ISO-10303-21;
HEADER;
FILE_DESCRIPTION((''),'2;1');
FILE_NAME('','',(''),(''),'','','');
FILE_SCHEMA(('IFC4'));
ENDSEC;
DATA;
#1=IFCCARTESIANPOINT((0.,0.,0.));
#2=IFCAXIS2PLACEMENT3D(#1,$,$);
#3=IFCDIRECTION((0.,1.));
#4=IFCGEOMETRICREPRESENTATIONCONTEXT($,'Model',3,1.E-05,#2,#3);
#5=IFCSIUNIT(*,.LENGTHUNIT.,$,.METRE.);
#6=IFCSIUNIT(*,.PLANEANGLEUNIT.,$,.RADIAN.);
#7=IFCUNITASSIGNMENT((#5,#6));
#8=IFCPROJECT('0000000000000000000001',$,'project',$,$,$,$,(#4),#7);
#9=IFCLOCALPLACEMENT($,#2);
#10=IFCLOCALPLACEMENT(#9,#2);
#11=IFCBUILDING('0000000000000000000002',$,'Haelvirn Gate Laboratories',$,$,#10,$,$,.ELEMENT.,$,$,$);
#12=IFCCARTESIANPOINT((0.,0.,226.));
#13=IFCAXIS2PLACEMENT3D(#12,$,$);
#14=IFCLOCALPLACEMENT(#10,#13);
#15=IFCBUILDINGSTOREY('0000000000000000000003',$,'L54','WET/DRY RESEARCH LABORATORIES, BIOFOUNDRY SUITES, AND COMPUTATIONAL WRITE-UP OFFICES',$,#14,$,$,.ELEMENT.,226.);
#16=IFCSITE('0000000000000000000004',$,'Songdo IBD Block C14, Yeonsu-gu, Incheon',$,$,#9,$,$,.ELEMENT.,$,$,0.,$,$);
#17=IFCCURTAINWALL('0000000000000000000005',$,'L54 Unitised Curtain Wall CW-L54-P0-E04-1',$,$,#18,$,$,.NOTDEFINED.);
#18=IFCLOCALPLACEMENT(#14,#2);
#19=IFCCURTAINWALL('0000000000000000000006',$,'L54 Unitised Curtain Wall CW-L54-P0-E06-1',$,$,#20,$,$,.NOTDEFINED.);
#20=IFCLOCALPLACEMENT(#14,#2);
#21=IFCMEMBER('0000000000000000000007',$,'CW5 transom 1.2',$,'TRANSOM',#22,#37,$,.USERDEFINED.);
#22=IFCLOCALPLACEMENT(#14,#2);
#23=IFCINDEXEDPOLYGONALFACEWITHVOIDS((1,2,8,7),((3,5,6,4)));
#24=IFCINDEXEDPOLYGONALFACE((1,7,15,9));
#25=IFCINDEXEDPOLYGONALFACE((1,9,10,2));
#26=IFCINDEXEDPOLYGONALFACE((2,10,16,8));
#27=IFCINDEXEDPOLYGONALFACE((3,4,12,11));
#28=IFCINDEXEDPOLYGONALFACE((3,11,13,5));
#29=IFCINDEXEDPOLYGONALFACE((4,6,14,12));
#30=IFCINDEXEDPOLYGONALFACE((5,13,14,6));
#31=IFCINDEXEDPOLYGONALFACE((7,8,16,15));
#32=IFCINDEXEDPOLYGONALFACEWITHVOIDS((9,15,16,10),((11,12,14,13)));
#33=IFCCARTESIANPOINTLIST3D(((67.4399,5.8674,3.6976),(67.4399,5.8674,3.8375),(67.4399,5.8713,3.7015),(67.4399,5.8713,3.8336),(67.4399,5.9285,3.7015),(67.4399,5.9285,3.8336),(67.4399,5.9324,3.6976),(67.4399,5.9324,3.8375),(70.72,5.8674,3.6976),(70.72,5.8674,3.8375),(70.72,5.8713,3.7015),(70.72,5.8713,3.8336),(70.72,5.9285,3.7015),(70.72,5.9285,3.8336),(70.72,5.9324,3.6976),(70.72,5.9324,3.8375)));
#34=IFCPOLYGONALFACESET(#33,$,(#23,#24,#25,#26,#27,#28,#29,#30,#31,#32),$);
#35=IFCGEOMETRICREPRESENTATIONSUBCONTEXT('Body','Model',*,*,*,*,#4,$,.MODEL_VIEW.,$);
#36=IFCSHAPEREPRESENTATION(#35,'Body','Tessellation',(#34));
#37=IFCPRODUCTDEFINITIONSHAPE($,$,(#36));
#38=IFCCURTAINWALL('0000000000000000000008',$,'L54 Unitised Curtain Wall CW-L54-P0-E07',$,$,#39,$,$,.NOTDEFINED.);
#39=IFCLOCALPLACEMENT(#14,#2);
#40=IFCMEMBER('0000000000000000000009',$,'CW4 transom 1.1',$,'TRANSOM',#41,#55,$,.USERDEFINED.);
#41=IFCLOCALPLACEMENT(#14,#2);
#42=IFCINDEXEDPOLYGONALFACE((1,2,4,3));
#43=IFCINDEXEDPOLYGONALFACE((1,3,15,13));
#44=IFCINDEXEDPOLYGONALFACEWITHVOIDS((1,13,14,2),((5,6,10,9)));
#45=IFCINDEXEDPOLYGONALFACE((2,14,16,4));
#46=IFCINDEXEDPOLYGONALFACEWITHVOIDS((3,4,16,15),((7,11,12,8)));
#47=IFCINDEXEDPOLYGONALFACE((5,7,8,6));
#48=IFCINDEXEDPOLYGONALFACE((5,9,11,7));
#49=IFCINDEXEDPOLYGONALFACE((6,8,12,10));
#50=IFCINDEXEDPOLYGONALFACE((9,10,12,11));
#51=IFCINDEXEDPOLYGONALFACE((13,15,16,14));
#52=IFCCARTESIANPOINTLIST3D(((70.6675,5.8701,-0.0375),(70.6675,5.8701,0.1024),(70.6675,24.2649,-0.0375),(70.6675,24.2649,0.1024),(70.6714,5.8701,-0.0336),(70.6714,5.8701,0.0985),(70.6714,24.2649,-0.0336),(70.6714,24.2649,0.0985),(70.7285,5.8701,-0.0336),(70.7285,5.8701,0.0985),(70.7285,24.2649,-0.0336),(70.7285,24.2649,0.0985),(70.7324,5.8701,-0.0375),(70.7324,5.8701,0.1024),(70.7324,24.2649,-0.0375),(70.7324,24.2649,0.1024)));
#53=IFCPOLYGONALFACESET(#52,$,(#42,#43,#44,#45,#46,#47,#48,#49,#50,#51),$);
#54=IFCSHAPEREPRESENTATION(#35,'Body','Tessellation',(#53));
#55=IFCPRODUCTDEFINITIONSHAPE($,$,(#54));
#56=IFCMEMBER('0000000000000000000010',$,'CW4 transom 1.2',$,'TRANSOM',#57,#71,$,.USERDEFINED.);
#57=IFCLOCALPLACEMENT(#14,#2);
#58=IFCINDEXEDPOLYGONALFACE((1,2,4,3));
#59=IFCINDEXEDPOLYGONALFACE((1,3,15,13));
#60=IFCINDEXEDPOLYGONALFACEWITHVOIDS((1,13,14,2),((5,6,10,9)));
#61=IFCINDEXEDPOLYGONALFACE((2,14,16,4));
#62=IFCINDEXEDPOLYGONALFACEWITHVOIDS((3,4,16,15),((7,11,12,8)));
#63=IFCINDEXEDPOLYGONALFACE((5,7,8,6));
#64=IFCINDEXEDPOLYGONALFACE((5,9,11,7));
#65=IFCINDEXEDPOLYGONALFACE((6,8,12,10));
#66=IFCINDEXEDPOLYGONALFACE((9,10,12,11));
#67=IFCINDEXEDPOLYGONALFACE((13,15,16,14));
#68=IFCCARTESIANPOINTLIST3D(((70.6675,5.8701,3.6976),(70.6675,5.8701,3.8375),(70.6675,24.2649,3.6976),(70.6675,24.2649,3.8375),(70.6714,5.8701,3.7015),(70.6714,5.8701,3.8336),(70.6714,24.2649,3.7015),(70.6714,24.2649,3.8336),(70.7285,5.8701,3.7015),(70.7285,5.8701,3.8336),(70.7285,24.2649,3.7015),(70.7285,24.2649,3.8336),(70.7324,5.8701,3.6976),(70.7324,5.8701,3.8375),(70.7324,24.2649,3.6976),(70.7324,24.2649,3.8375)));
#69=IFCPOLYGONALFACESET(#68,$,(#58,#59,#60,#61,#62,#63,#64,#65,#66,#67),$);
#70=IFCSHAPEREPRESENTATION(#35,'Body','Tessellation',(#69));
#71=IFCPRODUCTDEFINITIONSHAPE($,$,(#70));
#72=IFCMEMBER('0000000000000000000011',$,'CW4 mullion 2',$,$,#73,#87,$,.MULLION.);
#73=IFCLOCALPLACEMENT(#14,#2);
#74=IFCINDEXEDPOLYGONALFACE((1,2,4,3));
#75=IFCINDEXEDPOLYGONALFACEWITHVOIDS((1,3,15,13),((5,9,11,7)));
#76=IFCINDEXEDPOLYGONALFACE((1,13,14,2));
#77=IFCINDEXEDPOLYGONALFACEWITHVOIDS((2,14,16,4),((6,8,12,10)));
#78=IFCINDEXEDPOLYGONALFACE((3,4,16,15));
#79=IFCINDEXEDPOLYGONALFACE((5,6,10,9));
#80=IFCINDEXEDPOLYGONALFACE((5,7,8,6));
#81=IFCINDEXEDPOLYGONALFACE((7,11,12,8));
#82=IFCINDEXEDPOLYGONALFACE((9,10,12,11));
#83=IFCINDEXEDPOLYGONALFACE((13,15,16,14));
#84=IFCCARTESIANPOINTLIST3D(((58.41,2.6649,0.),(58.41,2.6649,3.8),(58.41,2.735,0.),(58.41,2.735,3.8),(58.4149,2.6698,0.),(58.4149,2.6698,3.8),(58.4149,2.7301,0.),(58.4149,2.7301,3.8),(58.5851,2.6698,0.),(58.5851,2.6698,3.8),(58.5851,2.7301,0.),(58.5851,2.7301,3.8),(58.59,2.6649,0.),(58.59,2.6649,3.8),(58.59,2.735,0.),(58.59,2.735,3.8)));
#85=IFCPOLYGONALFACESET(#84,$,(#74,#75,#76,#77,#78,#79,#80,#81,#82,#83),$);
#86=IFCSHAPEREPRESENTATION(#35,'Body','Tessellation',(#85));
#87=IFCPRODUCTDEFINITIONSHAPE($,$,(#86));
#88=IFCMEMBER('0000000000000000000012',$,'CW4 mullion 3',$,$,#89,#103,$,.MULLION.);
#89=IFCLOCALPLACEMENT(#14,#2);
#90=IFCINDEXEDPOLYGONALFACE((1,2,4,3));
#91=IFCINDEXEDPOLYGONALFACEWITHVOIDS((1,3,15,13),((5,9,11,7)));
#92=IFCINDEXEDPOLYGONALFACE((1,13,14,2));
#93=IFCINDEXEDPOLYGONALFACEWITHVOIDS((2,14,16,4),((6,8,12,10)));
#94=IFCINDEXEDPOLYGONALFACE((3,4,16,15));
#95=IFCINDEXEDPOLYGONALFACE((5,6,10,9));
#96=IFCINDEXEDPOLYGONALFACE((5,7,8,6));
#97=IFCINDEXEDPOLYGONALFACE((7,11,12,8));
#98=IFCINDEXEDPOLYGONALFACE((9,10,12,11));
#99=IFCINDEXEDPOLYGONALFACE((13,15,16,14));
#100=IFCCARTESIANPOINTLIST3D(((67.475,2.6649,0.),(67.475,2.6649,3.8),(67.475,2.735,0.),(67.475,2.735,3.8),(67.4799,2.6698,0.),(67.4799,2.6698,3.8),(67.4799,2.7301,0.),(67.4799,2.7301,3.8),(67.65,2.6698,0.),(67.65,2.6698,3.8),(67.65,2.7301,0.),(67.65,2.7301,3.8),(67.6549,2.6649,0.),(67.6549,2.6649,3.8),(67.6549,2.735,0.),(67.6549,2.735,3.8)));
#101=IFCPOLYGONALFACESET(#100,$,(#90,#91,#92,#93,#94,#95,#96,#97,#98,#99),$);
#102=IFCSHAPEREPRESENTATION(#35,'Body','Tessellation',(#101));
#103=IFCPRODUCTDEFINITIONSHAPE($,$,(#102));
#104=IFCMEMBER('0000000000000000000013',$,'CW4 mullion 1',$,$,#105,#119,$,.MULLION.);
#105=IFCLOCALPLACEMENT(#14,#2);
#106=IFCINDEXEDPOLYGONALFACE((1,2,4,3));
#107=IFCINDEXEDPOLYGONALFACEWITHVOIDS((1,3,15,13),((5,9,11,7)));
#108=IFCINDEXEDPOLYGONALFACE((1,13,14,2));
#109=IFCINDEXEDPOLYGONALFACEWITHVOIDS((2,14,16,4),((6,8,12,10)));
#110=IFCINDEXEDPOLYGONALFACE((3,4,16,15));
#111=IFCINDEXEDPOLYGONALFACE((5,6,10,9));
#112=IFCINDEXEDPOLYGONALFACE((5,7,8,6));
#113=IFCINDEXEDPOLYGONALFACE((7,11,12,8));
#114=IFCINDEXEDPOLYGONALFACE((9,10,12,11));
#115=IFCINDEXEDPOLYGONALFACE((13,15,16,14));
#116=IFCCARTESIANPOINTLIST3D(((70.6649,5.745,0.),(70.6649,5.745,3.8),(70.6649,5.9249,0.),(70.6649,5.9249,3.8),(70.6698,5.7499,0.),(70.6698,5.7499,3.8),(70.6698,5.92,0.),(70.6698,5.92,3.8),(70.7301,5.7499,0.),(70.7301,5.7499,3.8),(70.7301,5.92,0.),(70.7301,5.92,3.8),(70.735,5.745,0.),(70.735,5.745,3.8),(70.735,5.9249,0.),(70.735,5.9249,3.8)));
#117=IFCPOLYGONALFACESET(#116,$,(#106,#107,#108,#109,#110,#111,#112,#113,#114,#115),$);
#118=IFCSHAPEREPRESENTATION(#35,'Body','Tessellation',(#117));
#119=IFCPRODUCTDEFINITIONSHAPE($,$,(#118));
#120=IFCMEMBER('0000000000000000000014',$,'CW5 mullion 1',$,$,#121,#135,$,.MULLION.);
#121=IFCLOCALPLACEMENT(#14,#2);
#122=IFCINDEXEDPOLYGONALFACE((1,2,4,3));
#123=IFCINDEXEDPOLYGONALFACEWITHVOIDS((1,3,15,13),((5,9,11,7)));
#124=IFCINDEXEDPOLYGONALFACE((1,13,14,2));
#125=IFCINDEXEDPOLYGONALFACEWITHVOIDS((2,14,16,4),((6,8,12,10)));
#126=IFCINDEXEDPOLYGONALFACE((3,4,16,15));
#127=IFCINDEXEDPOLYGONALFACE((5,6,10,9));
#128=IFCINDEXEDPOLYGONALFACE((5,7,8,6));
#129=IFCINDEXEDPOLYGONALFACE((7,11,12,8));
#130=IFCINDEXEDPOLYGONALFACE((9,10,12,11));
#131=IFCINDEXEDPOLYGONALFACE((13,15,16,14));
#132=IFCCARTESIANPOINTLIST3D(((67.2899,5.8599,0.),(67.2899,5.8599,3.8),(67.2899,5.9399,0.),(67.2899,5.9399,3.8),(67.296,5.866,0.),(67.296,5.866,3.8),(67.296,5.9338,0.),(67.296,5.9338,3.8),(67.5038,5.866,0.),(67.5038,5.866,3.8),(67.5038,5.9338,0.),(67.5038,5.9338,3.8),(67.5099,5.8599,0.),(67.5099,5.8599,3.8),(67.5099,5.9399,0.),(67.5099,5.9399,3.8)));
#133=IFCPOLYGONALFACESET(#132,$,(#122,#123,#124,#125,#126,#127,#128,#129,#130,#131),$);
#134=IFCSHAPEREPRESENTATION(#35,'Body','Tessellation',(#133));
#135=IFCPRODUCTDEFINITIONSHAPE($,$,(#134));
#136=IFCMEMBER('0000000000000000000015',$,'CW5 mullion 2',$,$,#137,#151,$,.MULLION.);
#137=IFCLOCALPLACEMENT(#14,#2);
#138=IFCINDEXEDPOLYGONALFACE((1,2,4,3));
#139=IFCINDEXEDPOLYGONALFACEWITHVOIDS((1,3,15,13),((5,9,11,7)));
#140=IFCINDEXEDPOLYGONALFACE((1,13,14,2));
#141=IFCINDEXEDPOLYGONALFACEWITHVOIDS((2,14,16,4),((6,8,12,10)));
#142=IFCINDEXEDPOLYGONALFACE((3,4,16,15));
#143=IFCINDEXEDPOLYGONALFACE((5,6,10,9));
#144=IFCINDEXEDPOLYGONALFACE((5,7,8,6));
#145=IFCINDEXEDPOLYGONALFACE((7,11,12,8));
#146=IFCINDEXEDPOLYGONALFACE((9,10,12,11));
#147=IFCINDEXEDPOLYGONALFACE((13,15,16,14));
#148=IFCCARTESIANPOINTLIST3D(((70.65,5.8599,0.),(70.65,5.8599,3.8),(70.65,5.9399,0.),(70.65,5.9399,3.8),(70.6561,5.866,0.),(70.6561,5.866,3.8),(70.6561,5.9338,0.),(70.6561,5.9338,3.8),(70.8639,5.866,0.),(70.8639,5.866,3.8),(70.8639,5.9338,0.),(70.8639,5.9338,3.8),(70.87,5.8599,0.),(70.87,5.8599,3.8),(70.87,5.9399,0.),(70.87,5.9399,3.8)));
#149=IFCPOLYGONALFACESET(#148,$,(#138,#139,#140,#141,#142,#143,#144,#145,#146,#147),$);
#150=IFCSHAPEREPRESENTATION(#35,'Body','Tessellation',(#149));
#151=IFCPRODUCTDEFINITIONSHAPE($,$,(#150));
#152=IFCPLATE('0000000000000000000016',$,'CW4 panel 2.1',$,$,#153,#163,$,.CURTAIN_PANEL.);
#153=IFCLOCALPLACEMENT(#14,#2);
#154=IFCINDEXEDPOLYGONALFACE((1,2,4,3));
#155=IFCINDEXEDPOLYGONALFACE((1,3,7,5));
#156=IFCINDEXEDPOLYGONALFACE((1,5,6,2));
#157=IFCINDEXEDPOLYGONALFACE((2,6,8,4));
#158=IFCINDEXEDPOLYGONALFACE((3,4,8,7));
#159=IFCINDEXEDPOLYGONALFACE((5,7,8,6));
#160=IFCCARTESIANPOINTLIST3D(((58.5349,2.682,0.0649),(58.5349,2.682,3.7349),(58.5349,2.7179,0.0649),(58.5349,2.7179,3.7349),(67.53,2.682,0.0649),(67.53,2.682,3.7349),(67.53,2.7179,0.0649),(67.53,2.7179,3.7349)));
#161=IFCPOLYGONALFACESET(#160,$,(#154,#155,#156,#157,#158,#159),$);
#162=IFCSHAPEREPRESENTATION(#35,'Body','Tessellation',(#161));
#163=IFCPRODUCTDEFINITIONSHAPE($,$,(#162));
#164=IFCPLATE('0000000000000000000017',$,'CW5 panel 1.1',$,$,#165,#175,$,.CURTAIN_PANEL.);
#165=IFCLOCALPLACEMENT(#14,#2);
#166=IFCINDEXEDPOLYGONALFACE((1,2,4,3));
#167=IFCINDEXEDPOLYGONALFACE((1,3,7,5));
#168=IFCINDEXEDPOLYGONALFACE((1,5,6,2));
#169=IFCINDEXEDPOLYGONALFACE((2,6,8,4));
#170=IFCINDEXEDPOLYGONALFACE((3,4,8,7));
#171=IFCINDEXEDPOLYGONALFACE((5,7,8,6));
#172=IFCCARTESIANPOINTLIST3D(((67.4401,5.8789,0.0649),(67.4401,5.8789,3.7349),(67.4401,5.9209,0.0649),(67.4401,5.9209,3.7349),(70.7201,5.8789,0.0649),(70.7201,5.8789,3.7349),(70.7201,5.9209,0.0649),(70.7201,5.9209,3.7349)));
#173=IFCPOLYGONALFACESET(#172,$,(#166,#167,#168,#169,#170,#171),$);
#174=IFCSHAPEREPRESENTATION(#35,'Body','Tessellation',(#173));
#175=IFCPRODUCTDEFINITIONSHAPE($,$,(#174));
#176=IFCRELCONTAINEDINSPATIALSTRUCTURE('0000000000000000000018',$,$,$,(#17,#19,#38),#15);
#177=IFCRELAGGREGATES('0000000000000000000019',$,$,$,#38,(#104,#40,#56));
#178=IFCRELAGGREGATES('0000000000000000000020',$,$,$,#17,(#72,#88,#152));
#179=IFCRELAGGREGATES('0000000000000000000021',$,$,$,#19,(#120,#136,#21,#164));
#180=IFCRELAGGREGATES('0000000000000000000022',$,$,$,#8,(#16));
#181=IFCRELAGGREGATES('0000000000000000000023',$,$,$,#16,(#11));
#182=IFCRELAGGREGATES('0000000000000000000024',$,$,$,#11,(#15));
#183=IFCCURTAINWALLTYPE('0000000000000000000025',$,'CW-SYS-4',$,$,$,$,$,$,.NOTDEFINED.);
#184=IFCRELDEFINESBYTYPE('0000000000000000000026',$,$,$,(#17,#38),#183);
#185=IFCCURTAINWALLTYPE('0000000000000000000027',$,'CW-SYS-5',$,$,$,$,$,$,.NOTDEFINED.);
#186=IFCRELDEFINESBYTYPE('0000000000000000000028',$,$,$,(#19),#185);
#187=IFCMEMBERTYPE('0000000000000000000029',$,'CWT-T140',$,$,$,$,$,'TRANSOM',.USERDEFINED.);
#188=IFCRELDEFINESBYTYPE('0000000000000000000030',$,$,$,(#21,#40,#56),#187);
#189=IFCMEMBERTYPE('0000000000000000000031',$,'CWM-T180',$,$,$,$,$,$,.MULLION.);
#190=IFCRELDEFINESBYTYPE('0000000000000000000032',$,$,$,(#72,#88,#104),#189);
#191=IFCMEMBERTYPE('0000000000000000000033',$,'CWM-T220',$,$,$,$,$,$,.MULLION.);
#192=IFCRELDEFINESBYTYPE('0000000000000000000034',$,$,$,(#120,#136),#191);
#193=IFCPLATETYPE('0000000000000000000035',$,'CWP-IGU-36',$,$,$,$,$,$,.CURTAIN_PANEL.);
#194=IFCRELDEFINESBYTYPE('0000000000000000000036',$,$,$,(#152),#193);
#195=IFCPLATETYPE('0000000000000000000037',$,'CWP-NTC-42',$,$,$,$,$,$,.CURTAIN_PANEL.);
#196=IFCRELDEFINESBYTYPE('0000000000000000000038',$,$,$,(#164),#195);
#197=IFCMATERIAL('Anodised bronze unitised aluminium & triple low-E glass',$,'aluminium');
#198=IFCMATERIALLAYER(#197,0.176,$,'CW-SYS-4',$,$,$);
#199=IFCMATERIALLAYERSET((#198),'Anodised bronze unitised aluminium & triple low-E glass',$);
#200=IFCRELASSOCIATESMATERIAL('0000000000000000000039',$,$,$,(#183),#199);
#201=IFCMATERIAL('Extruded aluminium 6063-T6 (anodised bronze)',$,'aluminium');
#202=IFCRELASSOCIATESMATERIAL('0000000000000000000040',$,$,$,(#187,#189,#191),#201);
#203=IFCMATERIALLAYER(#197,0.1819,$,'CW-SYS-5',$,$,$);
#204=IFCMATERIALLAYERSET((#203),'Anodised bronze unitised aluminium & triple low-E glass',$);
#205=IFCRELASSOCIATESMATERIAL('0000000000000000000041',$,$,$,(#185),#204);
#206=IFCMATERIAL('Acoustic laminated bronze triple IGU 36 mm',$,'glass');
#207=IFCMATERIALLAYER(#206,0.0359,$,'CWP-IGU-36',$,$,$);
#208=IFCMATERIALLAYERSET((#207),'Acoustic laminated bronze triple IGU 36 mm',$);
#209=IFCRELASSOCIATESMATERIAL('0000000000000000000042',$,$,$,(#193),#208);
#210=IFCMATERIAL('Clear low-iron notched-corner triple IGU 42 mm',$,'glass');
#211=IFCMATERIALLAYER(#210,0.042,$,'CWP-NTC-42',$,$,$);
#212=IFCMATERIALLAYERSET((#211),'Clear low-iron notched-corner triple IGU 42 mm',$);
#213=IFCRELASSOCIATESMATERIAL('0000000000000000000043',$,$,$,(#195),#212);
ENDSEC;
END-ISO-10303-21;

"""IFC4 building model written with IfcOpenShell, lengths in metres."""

from ifc_helpers import new_model, si_unit, direction, frame, origin, origin_2d, place, context, subcontext, project, spatial, rectangle, hollow_rectangle, extrude, source, transform, mapped, material, layer, layer_set, material_profile, profile_set, type_object, type_shapes, element, aggregate, save


model = new_model("IFC4")

# Units and contexts
model_context = context("Model", 3, precision=1e-05, world=origin(), true_north=direction((0.0, 1.0)))
body_context = subcontext(model_context, "Body", "Model", "MODEL_VIEW")
ifc_project = project(units=[si_unit("LENGTHUNIT", "METRE"), si_unit("PLANEANGLEUNIT", "RADIAN")], contexts=[model_context])

# Site, building, storey
site_placement = place(None, origin())
site = spatial("IfcSite", under=ifc_project, at=site_placement, Name="Songdo IBD Block C14, Yeonsu-gu, Incheon", CompositionType="ELEMENT", RefElevation=0.0)
building_placement = place(site_placement, origin())
building = spatial("IfcBuilding", under=site, at=building_placement, Name="Haelvirn Gate Laboratories", CompositionType="ELEMENT")
storey_placement = place(building_placement, frame((0.0, 0.0, 226.0)))
storey = spatial("IfcBuildingStorey", under=building, at=storey_placement, Name="L54", Description="WET/DRY RESEARCH LABORATORIES, BIOFOUNDRY SUITES, AND COMPUTATIONAL WRITE-UP OFFICES", CompositionType="ELEMENT", Elevation=226.0)

# Curtain walls, members
ifc_material_1 = material(Name="Anodised bronze unitised aluminium & triple low-E glass", Category="aluminium")
ifc_layer_1 = layer(ifc_material_1, 0.176, Name="CW-SYS-4")
ifc_layer_set_1 = layer_set([ifc_layer_1], Name="Anodised bronze unitised aluminium & triple low-E glass")
curtain_wall_type_1 = type_object("IfcCurtainWallType", Name="CW-SYS-4", PredefinedType="NOTDEFINED", material=ifc_layer_set_1)
curtain_wall_1_placement = place(storey_placement, origin())
curtain_wall_1 = element("IfcCurtainWall", 1, at=curtain_wall_1_placement, inside=storey, type_object=curtain_wall_type_1, Name="L54 Unitised Curtain Wall CW-L54-P0-E04-1", PredefinedType="NOTDEFINED")
ifc_material_2 = material(Name="Extruded aluminium 6063-T6 (anodised bronze)", Category="aluminium")
ifc_material_profile_1 = material_profile(ifc_material_2, hollow_rectangle(XDim=0.0649, YDim=0.1399, WallThickness=0.0039, at=origin_2d()), Name="CWT-140x65x4")
ifc_profile_set_1 = profile_set([ifc_material_profile_1], Name="Extruded aluminium 6063-T6 (anodised bronze)")
member_type_1 = type_object("IfcMemberType", Name="CWT-T140", ElementType="TRANSOM", PredefinedType="USERDEFINED", material=ifc_profile_set_1)
ifc_layer_2 = layer(ifc_material_1, 0.1819, Name="CW-SYS-5")
ifc_layer_set_2 = layer_set([ifc_layer_2], Name="Anodised bronze unitised aluminium & triple low-E glass")
curtain_wall_type_2 = type_object("IfcCurtainWallType", Name="CW-SYS-5", PredefinedType="NOTDEFINED", material=ifc_layer_set_2)
curtain_wall_2_placement = place(storey_placement, origin())
curtain_wall_2 = element("IfcCurtainWall", 2, at=curtain_wall_2_placement, inside=storey, type_object=curtain_wall_type_2, Name="L54 Unitised Curtain Wall CW-L54-P0-E06-1", PredefinedType="NOTDEFINED")
shared_shape_1 = source(origin(), body_context, "Body", "SweptSolid", [
    extrude(hollow_rectangle(XDim=0.0649, YDim=0.1399, WallThickness=0.0039, at=origin_2d()), origin(), (0.0, 0.0, 1.0), 3.28),
])
member_1_placement = place(storey_placement, frame((67.4399, 5.8999, 3.7676), z_axis=(1.0, 0.0, 0.0), x_axis=(0.0, 1.0, 0.0)))
member_1 = element("IfcMember", 3, at=member_1_placement, type_object=member_type_1, Name="CW5 transom 1.2", ObjectType="TRANSOM", PredefinedType="USERDEFINED", context=body_context, shape_type="MappedRepresentation", body=[
    mapped(shared_shape_1, transform((0.0, 0.0, 0.0), scale=1.0)),
])
curtain_wall_3_placement = place(storey_placement, origin())
curtain_wall_3 = element("IfcCurtainWall", 4, at=curtain_wall_3_placement, inside=storey, type_object=curtain_wall_type_1, Name="L54 Unitised Curtain Wall CW-L54-P0-E07", PredefinedType="NOTDEFINED")
shared_shape_2 = source(origin(), body_context, "Body", "SweptSolid", [
    extrude(hollow_rectangle(XDim=0.0649, YDim=0.1399, WallThickness=0.0039, at=origin_2d()), origin(), (0.0, 0.0, 1.0), 18.3948),
])
member_2_placement = place(storey_placement, frame((70.7, 5.8701, 0.0325), z_axis=(0.0, 1.0, 0.0), x_axis=(-1.0, 0.0, 0.0)))
member_2 = element("IfcMember", 5, at=member_2_placement, type_object=member_type_1, Name="CW4 transom 1.1", ObjectType="TRANSOM", PredefinedType="USERDEFINED", context=body_context, shape_type="MappedRepresentation", body=[
    mapped(shared_shape_2, transform((0.0, 0.0, 0.0), scale=1.0)),
])
member_3_placement = place(storey_placement, frame((70.7, 5.8701, 3.7676), z_axis=(0.0, 1.0, 0.0), x_axis=(-1.0, 0.0, 0.0)))
member_3 = element("IfcMember", 6, at=member_3_placement, type_object=member_type_1, Name="CW4 transom 1.2", ObjectType="TRANSOM", PredefinedType="USERDEFINED", context=body_context, shape_type="MappedRepresentation", body=[
    mapped(shared_shape_2, transform((0.0, 0.0, 0.0), scale=1.0)),
])

# Members
ifc_material_profile_2 = material_profile(ifc_material_2, hollow_rectangle(XDim=0.0701, YDim=0.1799, WallThickness=0.0049, at=origin_2d()), Name="CWM-180x70x5")
ifc_profile_set_2 = profile_set([ifc_material_profile_2], Name="Extruded aluminium 6063-T6 (anodised bronze)")
member_type_2 = type_object("IfcMemberType", Name="CWM-T180", PredefinedType="MULLION", material=ifc_profile_set_2)
shared_shape_3 = source(origin(), body_context, "Body", "SweptSolid", [
    extrude(hollow_rectangle(XDim=0.0701, YDim=0.1799, WallThickness=0.0049, at=origin_2d()), origin(), (0.0, 0.0, 1.0), 3.8),
])
type_shapes(member_type_2, [shared_shape_3])
member_4_placement = place(storey_placement, frame((58.5, 2.7, 0.0), z_axis=(0.0, 0.0, 1.0), x_axis=(0.0, 1.0, 0.0)))
member_4 = element("IfcMember", 7, at=member_4_placement, type_object=member_type_2, Name="CW4 mullion 2", PredefinedType="MULLION", context=body_context, shape_type="MappedRepresentation", body=[
    mapped(shared_shape_3, transform((0.0, 0.0, 0.0), scale=1.0)),
])
member_5_placement = place(storey_placement, frame((67.5649, 2.7, 0.0), z_axis=(0.0, 0.0, 1.0), x_axis=(0.0, 1.0, 0.0)))
member_5 = element("IfcMember", 8, at=member_5_placement, type_object=member_type_2, Name="CW4 mullion 3", PredefinedType="MULLION", context=body_context, shape_type="MappedRepresentation", body=[
    mapped(shared_shape_3, transform((0.0, 0.0, 0.0), scale=1.0)),
])
member_6_placement = place(storey_placement, frame((70.7, 5.835, 0.0), z_axis=(0.0, 0.0, 1.0), x_axis=(-1.0, 0.0, 0.0)))
member_6 = element("IfcMember", 9, at=member_6_placement, type_object=member_type_2, Name="CW4 mullion 1", PredefinedType="MULLION", context=body_context, shape_type="MappedRepresentation", body=[
    mapped(shared_shape_3, transform((0.0, 0.0, 0.0), scale=1.0)),
])
aggregate(curtain_wall_3, [member_6, member_2, member_3])
ifc_material_profile_3 = material_profile(ifc_material_2, hollow_rectangle(XDim=0.0801, YDim=0.22, WallThickness=0.0061, at=origin_2d()), Name="CWM-220x80x6")
ifc_profile_set_3 = profile_set([ifc_material_profile_3], Name="Extruded aluminium 6063-T6 (anodised bronze)")
member_type_3 = type_object("IfcMemberType", Name="CWM-T220", PredefinedType="MULLION", material=ifc_profile_set_3)
shared_shape_4 = source(origin(), body_context, "Body", "SweptSolid", [
    extrude(hollow_rectangle(XDim=0.0801, YDim=0.22, WallThickness=0.0061, at=origin_2d()), origin(), (0.0, 0.0, 1.0), 3.8),
])
type_shapes(member_type_3, [shared_shape_4])
member_7_placement = place(storey_placement, frame((67.3999, 5.8999, 0.0), z_axis=(0.0, 0.0, 1.0), x_axis=(0.0, 1.0, 0.0)))
member_7 = element("IfcMember", 10, at=member_7_placement, type_object=member_type_3, Name="CW5 mullion 1", PredefinedType="MULLION", context=body_context, shape_type="MappedRepresentation", body=[
    mapped(shared_shape_4, transform((0.0, 0.0, 0.0), scale=1.0)),
])
member_8_placement = place(storey_placement, frame((70.76, 5.8999, 0.0), z_axis=(0.0, 0.0, 1.0), x_axis=(0.0, 1.0, 0.0)))
member_8 = element("IfcMember", 11, at=member_8_placement, type_object=member_type_3, Name="CW5 mullion 2", PredefinedType="MULLION", context=body_context, shape_type="MappedRepresentation", body=[
    mapped(shared_shape_4, transform((0.0, 0.0, 0.0), scale=1.0)),
])

# Plates
ifc_material_3 = material(Name="Acoustic laminated bronze triple IGU 36 mm", Category="glass")
ifc_layer_3 = layer(ifc_material_3, 0.0359, Name="CWP-IGU-36")
ifc_layer_set_3 = layer_set([ifc_layer_3], Name="Acoustic laminated bronze triple IGU 36 mm")
plate_type_1 = type_object("IfcPlateType", Name="CWP-IGU-36", PredefinedType="CURTAIN_PANEL", material=ifc_layer_set_3)
shared_shape_5 = source(origin(), body_context, "Body", "SweptSolid", [
    extrude(rectangle(XDim=8.9951, YDim=0.0359, at=origin_2d()), origin(), (0.0, 0.0, 1.0), 3.6699),
])
type_shapes(plate_type_1, [shared_shape_5])
plate_1_placement = place(storey_placement, frame((63.0325, 2.7, 0.0649), z_axis=(0.0, 0.0, 1.0), x_axis=(1.0, 0.0, 0.0)))
plate_1 = element("IfcPlate", 12, at=plate_1_placement, type_object=plate_type_1, Name="CW4 panel 2.1", PredefinedType="CURTAIN_PANEL", context=body_context, shape_type="MappedRepresentation", body=[
    mapped(shared_shape_5, transform((0.0, 0.0, 0.0), scale=1.0)),
])
aggregate(curtain_wall_1, [member_4, member_5, plate_1])
ifc_material_4 = material(Name="Clear low-iron notched-corner triple IGU 42 mm", Category="glass")
ifc_layer_4 = layer(ifc_material_4, 0.042, Name="CWP-NTC-42")
ifc_layer_set_4 = layer_set([ifc_layer_4], Name="Clear low-iron notched-corner triple IGU 42 mm")
plate_type_2 = type_object("IfcPlateType", Name="CWP-NTC-42", PredefinedType="CURTAIN_PANEL", material=ifc_layer_set_4)
shared_shape_6 = source(origin(), body_context, "Body", "SweptSolid", [
    extrude(rectangle(XDim=3.28, YDim=0.042, at=origin_2d()), origin(), (0.0, 0.0, 1.0), 3.6699),
])
type_shapes(plate_type_2, [shared_shape_6])
plate_2_placement = place(storey_placement, frame((69.0801, 5.8999, 0.0649), z_axis=(0.0, 0.0, 1.0), x_axis=(1.0, 0.0, 0.0)))
plate_2 = element("IfcPlate", 13, at=plate_2_placement, type_object=plate_type_2, Name="CW5 panel 1.1", PredefinedType="CURTAIN_PANEL", context=body_context, shape_type="MappedRepresentation", body=[
    mapped(shared_shape_6, transform((0.0, 0.0, 0.0), scale=1.0)),
])
aggregate(curtain_wall_2, [member_7, member_8, member_1, plate_2])

save(model, "model.ifc")
